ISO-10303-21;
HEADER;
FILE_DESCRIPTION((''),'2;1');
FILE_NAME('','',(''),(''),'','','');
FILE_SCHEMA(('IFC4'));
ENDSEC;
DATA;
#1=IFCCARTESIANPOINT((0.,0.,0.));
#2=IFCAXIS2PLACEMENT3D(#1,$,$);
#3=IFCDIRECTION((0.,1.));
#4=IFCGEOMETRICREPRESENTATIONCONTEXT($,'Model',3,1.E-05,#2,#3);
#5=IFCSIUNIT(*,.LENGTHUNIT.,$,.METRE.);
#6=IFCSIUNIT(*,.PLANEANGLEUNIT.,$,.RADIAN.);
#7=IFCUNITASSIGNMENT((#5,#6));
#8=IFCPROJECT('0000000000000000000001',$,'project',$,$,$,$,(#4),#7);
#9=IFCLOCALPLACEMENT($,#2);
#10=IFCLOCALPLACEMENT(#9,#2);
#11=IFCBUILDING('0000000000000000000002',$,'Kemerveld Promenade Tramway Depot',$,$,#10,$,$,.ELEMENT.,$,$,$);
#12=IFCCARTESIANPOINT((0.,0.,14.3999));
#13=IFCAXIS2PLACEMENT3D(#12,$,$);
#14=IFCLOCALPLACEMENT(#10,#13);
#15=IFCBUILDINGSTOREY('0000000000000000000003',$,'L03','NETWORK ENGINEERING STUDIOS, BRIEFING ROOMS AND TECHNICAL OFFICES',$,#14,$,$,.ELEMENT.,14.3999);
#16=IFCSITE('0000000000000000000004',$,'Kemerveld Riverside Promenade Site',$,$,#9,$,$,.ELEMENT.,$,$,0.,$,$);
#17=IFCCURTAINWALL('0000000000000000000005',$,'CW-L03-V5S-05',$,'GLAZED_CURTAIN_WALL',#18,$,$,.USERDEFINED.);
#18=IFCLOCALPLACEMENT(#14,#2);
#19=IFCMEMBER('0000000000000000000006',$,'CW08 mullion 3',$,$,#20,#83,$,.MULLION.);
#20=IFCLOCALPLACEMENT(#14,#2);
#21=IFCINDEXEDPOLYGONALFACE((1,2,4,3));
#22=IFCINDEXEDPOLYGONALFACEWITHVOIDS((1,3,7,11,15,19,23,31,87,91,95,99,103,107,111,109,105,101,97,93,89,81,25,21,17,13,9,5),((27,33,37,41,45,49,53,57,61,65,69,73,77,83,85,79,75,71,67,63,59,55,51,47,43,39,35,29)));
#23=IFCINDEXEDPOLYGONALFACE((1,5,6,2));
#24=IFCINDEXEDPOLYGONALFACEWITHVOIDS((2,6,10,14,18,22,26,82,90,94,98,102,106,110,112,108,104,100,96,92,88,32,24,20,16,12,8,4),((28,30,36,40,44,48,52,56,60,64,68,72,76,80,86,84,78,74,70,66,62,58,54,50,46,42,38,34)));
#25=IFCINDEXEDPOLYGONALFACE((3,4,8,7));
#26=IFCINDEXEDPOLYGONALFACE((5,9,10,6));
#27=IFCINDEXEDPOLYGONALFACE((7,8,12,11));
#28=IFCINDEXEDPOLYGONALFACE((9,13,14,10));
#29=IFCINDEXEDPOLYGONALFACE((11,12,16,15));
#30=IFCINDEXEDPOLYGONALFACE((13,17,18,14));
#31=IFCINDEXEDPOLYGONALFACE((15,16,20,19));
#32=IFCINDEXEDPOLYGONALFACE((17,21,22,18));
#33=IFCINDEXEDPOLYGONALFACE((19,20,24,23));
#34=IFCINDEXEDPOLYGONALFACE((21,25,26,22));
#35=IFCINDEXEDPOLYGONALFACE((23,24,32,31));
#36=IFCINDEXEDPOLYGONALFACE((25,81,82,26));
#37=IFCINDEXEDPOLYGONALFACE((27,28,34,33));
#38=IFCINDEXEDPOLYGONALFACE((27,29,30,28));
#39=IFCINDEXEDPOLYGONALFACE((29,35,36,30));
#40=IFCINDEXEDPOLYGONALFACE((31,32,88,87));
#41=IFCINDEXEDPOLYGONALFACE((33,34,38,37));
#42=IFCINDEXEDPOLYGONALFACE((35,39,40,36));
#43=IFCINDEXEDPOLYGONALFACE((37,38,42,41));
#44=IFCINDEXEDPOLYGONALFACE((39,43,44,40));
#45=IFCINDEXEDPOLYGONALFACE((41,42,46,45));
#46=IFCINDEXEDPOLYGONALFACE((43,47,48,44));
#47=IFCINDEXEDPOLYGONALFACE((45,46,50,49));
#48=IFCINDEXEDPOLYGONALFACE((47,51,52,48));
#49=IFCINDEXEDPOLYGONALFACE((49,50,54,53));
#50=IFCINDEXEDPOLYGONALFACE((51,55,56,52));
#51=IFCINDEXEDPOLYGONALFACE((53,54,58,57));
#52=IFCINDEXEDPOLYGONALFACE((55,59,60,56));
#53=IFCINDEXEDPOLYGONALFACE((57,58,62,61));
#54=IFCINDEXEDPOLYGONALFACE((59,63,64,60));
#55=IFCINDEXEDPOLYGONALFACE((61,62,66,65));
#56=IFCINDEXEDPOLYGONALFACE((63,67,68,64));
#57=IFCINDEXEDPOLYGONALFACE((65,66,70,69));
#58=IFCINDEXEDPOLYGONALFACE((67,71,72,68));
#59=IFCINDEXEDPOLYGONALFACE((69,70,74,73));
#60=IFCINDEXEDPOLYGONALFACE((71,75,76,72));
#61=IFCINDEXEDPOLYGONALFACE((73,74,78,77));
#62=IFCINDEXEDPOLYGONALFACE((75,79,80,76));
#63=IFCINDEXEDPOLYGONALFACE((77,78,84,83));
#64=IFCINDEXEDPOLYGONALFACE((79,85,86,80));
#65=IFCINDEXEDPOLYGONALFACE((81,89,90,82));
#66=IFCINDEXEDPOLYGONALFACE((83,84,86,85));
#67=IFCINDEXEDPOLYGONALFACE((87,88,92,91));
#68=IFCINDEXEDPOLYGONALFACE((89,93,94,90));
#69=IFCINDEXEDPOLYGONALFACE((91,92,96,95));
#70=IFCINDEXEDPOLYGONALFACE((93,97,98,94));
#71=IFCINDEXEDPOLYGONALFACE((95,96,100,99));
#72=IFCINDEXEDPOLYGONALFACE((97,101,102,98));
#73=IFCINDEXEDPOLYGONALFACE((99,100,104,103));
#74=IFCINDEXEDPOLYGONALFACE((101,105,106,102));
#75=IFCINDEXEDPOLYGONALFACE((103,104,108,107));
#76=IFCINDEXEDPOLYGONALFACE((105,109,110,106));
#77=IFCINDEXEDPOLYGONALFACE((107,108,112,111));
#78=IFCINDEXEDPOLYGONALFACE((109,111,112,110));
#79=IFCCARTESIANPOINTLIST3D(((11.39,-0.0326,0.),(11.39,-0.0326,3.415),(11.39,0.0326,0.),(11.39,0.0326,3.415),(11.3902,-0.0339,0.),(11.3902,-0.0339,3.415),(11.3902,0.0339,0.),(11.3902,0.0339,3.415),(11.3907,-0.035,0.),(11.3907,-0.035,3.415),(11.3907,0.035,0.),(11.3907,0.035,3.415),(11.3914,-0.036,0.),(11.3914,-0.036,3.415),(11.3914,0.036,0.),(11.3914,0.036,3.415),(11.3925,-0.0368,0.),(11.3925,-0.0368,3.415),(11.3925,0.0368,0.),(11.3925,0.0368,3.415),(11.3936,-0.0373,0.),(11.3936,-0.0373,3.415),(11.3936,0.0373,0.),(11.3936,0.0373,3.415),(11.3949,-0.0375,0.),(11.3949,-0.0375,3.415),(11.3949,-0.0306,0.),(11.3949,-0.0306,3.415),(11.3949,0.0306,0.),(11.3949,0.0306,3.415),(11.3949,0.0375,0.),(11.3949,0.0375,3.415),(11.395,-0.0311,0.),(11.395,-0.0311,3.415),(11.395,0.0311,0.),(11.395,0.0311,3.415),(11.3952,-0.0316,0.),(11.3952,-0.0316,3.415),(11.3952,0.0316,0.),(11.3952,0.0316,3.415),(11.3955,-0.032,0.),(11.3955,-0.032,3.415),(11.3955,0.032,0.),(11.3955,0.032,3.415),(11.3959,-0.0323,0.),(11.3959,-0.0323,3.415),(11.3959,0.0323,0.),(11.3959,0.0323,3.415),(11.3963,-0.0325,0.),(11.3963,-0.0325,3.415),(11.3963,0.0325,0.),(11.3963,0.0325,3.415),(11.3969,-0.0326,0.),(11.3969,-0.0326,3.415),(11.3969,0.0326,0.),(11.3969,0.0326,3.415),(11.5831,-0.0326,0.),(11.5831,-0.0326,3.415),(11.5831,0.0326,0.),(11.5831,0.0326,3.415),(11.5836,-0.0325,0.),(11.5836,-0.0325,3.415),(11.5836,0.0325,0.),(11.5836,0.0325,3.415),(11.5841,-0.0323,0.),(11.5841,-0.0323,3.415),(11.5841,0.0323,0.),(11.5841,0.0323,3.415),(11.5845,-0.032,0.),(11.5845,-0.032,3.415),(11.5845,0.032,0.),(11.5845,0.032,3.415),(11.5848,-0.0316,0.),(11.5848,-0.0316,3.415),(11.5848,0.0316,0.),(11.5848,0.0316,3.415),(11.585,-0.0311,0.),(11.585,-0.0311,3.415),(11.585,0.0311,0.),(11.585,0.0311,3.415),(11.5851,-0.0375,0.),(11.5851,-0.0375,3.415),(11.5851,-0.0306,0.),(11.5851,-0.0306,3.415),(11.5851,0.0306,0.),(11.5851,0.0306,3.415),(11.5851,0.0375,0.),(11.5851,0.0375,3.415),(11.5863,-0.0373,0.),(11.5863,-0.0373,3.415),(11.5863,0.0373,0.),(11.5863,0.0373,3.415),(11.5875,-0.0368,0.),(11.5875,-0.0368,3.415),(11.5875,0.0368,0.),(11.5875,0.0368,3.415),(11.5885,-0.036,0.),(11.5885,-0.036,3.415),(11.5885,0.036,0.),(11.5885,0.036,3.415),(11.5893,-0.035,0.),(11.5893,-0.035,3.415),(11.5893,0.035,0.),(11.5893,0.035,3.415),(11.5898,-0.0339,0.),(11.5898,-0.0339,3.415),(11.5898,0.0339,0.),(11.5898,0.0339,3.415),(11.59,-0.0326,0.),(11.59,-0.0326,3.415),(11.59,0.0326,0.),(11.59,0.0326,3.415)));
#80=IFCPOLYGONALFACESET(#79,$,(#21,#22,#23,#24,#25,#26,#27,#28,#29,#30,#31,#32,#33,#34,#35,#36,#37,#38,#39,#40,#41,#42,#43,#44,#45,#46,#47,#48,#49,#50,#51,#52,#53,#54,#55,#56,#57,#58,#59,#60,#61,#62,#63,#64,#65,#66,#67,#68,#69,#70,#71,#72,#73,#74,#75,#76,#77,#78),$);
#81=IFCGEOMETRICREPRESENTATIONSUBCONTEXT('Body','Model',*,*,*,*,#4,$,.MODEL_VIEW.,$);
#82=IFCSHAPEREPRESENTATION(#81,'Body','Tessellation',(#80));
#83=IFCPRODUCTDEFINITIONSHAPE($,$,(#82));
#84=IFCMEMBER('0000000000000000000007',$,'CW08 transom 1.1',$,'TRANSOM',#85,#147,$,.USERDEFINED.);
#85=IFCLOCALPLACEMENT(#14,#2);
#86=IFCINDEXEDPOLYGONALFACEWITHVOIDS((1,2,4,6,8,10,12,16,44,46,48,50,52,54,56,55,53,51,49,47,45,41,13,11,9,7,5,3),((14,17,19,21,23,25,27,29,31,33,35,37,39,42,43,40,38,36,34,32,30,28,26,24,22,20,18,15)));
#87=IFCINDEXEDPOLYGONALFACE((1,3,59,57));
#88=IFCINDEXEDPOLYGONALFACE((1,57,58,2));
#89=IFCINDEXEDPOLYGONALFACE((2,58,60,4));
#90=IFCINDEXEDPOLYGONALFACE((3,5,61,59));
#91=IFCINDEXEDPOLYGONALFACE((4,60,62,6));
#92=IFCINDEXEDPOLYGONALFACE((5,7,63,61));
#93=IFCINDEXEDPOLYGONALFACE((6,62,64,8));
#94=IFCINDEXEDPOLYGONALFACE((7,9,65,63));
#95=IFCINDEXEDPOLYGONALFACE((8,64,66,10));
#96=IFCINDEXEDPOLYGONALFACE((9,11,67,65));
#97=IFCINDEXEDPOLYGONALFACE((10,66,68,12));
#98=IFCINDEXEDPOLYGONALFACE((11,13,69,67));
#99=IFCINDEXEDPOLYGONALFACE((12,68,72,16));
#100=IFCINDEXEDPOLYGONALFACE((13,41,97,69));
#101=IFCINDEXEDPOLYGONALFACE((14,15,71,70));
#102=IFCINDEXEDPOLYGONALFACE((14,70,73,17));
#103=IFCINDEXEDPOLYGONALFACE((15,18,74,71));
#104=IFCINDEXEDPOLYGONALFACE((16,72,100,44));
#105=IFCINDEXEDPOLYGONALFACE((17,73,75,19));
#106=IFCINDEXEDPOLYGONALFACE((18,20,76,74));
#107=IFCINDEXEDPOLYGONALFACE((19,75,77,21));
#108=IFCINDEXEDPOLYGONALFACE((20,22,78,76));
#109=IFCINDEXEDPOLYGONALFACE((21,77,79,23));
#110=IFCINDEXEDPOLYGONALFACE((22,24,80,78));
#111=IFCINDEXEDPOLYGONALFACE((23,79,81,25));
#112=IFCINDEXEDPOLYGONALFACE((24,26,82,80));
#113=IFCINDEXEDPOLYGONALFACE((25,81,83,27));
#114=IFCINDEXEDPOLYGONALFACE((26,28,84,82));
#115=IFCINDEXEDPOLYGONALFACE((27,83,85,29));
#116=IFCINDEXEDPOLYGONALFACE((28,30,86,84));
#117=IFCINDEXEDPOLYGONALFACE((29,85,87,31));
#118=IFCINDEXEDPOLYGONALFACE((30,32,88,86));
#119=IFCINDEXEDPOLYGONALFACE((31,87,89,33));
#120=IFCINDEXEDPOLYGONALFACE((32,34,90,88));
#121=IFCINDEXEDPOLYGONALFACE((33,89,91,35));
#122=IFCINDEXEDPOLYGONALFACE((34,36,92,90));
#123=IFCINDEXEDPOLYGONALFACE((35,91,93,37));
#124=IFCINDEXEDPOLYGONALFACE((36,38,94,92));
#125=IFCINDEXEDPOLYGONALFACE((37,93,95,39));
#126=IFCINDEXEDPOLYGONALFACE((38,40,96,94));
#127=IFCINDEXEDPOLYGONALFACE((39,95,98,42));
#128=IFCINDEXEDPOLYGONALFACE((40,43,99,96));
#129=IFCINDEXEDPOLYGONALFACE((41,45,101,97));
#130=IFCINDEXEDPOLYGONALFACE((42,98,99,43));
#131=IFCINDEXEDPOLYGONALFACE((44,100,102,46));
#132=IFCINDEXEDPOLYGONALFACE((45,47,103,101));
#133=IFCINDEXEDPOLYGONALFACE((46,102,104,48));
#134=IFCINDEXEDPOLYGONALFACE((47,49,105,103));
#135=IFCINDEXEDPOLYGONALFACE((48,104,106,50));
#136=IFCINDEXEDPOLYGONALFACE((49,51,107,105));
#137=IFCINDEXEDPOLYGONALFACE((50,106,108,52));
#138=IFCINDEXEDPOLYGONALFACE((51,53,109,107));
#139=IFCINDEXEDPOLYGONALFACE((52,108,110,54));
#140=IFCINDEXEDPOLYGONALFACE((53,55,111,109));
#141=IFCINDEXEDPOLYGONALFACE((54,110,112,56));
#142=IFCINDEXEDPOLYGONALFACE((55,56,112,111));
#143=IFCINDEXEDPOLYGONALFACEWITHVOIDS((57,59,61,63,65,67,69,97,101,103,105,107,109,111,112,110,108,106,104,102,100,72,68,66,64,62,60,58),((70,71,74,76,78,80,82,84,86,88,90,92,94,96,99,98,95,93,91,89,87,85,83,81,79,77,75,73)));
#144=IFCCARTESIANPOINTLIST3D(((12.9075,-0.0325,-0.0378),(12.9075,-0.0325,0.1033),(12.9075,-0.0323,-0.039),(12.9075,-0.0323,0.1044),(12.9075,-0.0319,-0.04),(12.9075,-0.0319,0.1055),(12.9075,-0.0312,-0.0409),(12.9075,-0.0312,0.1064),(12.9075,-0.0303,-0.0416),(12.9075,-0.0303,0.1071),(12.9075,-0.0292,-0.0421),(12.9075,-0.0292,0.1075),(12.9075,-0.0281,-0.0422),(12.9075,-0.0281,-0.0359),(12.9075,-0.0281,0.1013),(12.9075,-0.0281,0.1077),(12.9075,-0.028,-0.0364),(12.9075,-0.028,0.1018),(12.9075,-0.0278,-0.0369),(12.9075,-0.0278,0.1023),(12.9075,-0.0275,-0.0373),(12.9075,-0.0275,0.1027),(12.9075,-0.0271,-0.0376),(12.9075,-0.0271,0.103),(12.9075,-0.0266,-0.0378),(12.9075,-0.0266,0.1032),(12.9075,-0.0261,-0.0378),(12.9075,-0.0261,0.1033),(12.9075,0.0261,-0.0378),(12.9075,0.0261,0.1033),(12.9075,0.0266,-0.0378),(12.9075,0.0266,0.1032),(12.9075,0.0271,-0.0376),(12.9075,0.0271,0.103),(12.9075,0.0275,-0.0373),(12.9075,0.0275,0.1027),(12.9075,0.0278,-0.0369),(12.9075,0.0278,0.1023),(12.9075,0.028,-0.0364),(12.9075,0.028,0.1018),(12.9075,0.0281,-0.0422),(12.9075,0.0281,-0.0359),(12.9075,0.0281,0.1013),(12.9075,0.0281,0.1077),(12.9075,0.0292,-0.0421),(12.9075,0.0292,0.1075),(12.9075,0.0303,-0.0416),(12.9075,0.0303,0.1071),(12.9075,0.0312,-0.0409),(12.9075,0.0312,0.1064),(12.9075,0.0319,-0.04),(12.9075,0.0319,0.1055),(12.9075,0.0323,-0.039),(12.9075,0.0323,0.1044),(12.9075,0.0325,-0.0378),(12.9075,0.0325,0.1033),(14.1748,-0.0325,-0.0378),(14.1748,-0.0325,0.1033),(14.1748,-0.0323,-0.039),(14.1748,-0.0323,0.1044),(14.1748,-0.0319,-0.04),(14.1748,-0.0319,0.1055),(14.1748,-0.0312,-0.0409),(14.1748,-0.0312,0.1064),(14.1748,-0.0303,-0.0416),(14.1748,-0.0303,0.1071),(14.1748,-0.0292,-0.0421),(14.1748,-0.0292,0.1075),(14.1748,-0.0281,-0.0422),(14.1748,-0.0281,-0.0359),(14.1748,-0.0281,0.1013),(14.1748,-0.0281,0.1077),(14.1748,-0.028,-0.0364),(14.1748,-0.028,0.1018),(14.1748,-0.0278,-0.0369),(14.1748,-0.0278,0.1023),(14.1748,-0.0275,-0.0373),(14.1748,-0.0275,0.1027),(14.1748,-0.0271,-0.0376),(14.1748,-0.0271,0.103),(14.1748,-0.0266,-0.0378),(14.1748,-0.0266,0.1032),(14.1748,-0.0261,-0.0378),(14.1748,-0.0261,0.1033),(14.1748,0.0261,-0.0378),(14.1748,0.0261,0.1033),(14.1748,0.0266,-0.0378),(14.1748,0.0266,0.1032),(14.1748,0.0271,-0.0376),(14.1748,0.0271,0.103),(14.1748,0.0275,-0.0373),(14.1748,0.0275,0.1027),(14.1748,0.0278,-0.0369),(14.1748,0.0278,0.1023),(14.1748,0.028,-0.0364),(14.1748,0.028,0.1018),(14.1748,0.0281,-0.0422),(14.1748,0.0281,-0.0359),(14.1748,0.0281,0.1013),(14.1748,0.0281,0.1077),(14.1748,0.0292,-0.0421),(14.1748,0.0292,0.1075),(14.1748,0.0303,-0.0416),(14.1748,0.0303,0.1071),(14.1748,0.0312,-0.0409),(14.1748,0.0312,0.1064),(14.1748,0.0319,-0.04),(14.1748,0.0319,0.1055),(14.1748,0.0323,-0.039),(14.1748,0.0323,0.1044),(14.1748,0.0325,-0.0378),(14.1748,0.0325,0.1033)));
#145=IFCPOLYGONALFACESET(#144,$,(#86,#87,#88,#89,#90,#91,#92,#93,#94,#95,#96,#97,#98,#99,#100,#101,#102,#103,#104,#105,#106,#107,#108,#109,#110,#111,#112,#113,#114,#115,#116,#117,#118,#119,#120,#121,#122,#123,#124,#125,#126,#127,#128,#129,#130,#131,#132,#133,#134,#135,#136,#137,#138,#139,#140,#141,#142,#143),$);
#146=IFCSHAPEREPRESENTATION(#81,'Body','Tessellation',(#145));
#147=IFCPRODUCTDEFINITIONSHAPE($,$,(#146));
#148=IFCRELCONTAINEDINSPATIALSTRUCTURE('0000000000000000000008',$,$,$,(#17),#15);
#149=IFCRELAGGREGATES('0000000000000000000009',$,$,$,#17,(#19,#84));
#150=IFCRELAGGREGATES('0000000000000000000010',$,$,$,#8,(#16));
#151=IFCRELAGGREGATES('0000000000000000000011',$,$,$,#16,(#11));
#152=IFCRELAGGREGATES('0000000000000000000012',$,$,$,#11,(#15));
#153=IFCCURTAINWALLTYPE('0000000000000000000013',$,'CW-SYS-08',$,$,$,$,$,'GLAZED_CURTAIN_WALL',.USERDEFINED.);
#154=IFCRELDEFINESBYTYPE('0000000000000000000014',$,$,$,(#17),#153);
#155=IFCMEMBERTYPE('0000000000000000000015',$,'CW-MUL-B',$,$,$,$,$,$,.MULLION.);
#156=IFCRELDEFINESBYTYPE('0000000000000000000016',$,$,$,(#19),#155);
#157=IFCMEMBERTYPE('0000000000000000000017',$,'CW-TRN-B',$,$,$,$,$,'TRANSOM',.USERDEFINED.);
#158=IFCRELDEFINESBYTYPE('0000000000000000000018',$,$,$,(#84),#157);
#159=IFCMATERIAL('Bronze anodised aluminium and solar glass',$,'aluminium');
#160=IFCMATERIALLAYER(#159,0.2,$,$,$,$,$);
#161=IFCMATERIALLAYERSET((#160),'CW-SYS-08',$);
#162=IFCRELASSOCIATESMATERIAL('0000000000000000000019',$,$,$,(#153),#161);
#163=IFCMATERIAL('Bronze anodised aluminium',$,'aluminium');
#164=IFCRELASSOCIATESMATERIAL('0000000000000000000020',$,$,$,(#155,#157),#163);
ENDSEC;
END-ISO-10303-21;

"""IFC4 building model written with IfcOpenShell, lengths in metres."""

from ifc_helpers import new_model, si_unit, direction, frame, origin, origin_2d, place, context, subcontext, project, spatial, hollow_rectangle, extrude, material, layer, layer_set, material_profile, profile_set, type_object, element, aggregate, save


model = new_model("IFC4")

# Units and contexts
model_context = context("Model", 3, precision=1e-05, world=origin(), true_north=direction((0.0, 1.0)))
body_context = subcontext(model_context, "Body", "Model", "MODEL_VIEW")
ifc_project = project(units=[si_unit("LENGTHUNIT", "METRE"), si_unit("PLANEANGLEUNIT", "RADIAN")], contexts=[model_context])

# Site, building, storey
site_placement = place(None, origin())
site = spatial("IfcSite", under=ifc_project, at=site_placement, Name="Kemerveld Riverside Promenade Site", CompositionType="ELEMENT", RefElevation=0.0)
building_placement = place(site_placement, origin())
building = spatial("IfcBuilding", under=site, at=building_placement, Name="Kemerveld Promenade Tramway Depot", CompositionType="ELEMENT")
storey_placement = place(building_placement, frame((0.0, 0.0, 14.3999)))
storey = spatial("IfcBuildingStorey", under=building, at=storey_placement, Name="L03", Description="NETWORK ENGINEERING STUDIOS, BRIEFING ROOMS AND TECHNICAL OFFICES", CompositionType="ELEMENT", Elevation=14.3999)

# Curtain wall, members
ifc_material_1 = material(Name="Bronze anodised aluminium and solar glass", Category="aluminium")
ifc_layer_1 = layer(ifc_material_1, 0.2)
ifc_layer_set_1 = layer_set([ifc_layer_1], Name="CW-SYS-08")
curtain_wall_type = type_object("IfcCurtainWallType", Name="CW-SYS-08", ElementType="GLAZED_CURTAIN_WALL", PredefinedType="USERDEFINED", material=ifc_layer_set_1)
curtain_wall_placement = place(storey_placement, origin())
curtain_wall = element("IfcCurtainWall", 1, at=curtain_wall_placement, inside=storey, type_object=curtain_wall_type, Name="CW-L03-V5S-05", ObjectType="GLAZED_CURTAIN_WALL", PredefinedType="USERDEFINED")
ifc_material_2 = material(Name="Bronze anodised aluminium", Category="aluminium")
ifc_material_profile_1 = material_profile(ifc_material_2, hollow_rectangle(XDim=0.075, YDim=0.2, WallThickness=0.0049, InnerFilletRadius=0.002, OuterFilletRadius=0.0049, at=origin_2d()), Name="CW-MUL-200x75")
ifc_profile_set_1 = profile_set([ifc_material_profile_1], Name="Bronze anodised aluminium")
member_type_1 = type_object("IfcMemberType", Name="CW-MUL-B", PredefinedType="MULLION", material=ifc_profile_set_1)
member_1_placement = place(storey_placement, frame((11.49, 0.0, 0.0), z_axis=(0.0, 0.0, 1.0), x_axis=(0.0, -1.0, 0.0)))
member_1 = element("IfcMember", 2, at=member_1_placement, type_object=member_type_1, Name="CW08 mullion 3", PredefinedType="MULLION", context=body_context, shape_type="SweptSolid", body=[
    extrude(hollow_rectangle(XDim=0.075, YDim=0.2, WallThickness=0.0049, InnerFilletRadius=0.002, OuterFilletRadius=0.0049, at=origin_2d()), origin(), (0.0, 0.0, 1.0), 3.415),
])
ifc_material_profile_2 = material_profile(ifc_material_2, hollow_rectangle(XDim=0.0649, YDim=0.1499, WallThickness=0.0044, InnerFilletRadius=0.002, OuterFilletRadius=0.0044, at=origin_2d()), Name="CW-TRN-150x65")
ifc_profile_set_2 = profile_set([ifc_material_profile_2], Name="Bronze anodised aluminium")
member_type_2 = type_object("IfcMemberType", Name="CW-TRN-B", ElementType="TRANSOM", PredefinedType="USERDEFINED", material=ifc_profile_set_2)
member_2_placement = place(storey_placement, frame((14.1748, 0.0, 0.0327), z_axis=(-1.0, 0.0, 0.0), x_axis=(0.0, -1.0, 0.0)))
member_2 = element("IfcMember", 3, at=member_2_placement, type_object=member_type_2, Name="CW08 transom 1.1", ObjectType="TRANSOM", PredefinedType="USERDEFINED", context=body_context, shape_type="SweptSolid", body=[
    extrude(hollow_rectangle(XDim=0.0649, YDim=0.1499, WallThickness=0.0044, InnerFilletRadius=0.002, OuterFilletRadius=0.0044, at=origin_2d()), origin(), (0.0, 0.0, 1.0), 1.2673),
])
aggregate(curtain_wall, [member_1, member_2])

save(model, "model.ifc")
